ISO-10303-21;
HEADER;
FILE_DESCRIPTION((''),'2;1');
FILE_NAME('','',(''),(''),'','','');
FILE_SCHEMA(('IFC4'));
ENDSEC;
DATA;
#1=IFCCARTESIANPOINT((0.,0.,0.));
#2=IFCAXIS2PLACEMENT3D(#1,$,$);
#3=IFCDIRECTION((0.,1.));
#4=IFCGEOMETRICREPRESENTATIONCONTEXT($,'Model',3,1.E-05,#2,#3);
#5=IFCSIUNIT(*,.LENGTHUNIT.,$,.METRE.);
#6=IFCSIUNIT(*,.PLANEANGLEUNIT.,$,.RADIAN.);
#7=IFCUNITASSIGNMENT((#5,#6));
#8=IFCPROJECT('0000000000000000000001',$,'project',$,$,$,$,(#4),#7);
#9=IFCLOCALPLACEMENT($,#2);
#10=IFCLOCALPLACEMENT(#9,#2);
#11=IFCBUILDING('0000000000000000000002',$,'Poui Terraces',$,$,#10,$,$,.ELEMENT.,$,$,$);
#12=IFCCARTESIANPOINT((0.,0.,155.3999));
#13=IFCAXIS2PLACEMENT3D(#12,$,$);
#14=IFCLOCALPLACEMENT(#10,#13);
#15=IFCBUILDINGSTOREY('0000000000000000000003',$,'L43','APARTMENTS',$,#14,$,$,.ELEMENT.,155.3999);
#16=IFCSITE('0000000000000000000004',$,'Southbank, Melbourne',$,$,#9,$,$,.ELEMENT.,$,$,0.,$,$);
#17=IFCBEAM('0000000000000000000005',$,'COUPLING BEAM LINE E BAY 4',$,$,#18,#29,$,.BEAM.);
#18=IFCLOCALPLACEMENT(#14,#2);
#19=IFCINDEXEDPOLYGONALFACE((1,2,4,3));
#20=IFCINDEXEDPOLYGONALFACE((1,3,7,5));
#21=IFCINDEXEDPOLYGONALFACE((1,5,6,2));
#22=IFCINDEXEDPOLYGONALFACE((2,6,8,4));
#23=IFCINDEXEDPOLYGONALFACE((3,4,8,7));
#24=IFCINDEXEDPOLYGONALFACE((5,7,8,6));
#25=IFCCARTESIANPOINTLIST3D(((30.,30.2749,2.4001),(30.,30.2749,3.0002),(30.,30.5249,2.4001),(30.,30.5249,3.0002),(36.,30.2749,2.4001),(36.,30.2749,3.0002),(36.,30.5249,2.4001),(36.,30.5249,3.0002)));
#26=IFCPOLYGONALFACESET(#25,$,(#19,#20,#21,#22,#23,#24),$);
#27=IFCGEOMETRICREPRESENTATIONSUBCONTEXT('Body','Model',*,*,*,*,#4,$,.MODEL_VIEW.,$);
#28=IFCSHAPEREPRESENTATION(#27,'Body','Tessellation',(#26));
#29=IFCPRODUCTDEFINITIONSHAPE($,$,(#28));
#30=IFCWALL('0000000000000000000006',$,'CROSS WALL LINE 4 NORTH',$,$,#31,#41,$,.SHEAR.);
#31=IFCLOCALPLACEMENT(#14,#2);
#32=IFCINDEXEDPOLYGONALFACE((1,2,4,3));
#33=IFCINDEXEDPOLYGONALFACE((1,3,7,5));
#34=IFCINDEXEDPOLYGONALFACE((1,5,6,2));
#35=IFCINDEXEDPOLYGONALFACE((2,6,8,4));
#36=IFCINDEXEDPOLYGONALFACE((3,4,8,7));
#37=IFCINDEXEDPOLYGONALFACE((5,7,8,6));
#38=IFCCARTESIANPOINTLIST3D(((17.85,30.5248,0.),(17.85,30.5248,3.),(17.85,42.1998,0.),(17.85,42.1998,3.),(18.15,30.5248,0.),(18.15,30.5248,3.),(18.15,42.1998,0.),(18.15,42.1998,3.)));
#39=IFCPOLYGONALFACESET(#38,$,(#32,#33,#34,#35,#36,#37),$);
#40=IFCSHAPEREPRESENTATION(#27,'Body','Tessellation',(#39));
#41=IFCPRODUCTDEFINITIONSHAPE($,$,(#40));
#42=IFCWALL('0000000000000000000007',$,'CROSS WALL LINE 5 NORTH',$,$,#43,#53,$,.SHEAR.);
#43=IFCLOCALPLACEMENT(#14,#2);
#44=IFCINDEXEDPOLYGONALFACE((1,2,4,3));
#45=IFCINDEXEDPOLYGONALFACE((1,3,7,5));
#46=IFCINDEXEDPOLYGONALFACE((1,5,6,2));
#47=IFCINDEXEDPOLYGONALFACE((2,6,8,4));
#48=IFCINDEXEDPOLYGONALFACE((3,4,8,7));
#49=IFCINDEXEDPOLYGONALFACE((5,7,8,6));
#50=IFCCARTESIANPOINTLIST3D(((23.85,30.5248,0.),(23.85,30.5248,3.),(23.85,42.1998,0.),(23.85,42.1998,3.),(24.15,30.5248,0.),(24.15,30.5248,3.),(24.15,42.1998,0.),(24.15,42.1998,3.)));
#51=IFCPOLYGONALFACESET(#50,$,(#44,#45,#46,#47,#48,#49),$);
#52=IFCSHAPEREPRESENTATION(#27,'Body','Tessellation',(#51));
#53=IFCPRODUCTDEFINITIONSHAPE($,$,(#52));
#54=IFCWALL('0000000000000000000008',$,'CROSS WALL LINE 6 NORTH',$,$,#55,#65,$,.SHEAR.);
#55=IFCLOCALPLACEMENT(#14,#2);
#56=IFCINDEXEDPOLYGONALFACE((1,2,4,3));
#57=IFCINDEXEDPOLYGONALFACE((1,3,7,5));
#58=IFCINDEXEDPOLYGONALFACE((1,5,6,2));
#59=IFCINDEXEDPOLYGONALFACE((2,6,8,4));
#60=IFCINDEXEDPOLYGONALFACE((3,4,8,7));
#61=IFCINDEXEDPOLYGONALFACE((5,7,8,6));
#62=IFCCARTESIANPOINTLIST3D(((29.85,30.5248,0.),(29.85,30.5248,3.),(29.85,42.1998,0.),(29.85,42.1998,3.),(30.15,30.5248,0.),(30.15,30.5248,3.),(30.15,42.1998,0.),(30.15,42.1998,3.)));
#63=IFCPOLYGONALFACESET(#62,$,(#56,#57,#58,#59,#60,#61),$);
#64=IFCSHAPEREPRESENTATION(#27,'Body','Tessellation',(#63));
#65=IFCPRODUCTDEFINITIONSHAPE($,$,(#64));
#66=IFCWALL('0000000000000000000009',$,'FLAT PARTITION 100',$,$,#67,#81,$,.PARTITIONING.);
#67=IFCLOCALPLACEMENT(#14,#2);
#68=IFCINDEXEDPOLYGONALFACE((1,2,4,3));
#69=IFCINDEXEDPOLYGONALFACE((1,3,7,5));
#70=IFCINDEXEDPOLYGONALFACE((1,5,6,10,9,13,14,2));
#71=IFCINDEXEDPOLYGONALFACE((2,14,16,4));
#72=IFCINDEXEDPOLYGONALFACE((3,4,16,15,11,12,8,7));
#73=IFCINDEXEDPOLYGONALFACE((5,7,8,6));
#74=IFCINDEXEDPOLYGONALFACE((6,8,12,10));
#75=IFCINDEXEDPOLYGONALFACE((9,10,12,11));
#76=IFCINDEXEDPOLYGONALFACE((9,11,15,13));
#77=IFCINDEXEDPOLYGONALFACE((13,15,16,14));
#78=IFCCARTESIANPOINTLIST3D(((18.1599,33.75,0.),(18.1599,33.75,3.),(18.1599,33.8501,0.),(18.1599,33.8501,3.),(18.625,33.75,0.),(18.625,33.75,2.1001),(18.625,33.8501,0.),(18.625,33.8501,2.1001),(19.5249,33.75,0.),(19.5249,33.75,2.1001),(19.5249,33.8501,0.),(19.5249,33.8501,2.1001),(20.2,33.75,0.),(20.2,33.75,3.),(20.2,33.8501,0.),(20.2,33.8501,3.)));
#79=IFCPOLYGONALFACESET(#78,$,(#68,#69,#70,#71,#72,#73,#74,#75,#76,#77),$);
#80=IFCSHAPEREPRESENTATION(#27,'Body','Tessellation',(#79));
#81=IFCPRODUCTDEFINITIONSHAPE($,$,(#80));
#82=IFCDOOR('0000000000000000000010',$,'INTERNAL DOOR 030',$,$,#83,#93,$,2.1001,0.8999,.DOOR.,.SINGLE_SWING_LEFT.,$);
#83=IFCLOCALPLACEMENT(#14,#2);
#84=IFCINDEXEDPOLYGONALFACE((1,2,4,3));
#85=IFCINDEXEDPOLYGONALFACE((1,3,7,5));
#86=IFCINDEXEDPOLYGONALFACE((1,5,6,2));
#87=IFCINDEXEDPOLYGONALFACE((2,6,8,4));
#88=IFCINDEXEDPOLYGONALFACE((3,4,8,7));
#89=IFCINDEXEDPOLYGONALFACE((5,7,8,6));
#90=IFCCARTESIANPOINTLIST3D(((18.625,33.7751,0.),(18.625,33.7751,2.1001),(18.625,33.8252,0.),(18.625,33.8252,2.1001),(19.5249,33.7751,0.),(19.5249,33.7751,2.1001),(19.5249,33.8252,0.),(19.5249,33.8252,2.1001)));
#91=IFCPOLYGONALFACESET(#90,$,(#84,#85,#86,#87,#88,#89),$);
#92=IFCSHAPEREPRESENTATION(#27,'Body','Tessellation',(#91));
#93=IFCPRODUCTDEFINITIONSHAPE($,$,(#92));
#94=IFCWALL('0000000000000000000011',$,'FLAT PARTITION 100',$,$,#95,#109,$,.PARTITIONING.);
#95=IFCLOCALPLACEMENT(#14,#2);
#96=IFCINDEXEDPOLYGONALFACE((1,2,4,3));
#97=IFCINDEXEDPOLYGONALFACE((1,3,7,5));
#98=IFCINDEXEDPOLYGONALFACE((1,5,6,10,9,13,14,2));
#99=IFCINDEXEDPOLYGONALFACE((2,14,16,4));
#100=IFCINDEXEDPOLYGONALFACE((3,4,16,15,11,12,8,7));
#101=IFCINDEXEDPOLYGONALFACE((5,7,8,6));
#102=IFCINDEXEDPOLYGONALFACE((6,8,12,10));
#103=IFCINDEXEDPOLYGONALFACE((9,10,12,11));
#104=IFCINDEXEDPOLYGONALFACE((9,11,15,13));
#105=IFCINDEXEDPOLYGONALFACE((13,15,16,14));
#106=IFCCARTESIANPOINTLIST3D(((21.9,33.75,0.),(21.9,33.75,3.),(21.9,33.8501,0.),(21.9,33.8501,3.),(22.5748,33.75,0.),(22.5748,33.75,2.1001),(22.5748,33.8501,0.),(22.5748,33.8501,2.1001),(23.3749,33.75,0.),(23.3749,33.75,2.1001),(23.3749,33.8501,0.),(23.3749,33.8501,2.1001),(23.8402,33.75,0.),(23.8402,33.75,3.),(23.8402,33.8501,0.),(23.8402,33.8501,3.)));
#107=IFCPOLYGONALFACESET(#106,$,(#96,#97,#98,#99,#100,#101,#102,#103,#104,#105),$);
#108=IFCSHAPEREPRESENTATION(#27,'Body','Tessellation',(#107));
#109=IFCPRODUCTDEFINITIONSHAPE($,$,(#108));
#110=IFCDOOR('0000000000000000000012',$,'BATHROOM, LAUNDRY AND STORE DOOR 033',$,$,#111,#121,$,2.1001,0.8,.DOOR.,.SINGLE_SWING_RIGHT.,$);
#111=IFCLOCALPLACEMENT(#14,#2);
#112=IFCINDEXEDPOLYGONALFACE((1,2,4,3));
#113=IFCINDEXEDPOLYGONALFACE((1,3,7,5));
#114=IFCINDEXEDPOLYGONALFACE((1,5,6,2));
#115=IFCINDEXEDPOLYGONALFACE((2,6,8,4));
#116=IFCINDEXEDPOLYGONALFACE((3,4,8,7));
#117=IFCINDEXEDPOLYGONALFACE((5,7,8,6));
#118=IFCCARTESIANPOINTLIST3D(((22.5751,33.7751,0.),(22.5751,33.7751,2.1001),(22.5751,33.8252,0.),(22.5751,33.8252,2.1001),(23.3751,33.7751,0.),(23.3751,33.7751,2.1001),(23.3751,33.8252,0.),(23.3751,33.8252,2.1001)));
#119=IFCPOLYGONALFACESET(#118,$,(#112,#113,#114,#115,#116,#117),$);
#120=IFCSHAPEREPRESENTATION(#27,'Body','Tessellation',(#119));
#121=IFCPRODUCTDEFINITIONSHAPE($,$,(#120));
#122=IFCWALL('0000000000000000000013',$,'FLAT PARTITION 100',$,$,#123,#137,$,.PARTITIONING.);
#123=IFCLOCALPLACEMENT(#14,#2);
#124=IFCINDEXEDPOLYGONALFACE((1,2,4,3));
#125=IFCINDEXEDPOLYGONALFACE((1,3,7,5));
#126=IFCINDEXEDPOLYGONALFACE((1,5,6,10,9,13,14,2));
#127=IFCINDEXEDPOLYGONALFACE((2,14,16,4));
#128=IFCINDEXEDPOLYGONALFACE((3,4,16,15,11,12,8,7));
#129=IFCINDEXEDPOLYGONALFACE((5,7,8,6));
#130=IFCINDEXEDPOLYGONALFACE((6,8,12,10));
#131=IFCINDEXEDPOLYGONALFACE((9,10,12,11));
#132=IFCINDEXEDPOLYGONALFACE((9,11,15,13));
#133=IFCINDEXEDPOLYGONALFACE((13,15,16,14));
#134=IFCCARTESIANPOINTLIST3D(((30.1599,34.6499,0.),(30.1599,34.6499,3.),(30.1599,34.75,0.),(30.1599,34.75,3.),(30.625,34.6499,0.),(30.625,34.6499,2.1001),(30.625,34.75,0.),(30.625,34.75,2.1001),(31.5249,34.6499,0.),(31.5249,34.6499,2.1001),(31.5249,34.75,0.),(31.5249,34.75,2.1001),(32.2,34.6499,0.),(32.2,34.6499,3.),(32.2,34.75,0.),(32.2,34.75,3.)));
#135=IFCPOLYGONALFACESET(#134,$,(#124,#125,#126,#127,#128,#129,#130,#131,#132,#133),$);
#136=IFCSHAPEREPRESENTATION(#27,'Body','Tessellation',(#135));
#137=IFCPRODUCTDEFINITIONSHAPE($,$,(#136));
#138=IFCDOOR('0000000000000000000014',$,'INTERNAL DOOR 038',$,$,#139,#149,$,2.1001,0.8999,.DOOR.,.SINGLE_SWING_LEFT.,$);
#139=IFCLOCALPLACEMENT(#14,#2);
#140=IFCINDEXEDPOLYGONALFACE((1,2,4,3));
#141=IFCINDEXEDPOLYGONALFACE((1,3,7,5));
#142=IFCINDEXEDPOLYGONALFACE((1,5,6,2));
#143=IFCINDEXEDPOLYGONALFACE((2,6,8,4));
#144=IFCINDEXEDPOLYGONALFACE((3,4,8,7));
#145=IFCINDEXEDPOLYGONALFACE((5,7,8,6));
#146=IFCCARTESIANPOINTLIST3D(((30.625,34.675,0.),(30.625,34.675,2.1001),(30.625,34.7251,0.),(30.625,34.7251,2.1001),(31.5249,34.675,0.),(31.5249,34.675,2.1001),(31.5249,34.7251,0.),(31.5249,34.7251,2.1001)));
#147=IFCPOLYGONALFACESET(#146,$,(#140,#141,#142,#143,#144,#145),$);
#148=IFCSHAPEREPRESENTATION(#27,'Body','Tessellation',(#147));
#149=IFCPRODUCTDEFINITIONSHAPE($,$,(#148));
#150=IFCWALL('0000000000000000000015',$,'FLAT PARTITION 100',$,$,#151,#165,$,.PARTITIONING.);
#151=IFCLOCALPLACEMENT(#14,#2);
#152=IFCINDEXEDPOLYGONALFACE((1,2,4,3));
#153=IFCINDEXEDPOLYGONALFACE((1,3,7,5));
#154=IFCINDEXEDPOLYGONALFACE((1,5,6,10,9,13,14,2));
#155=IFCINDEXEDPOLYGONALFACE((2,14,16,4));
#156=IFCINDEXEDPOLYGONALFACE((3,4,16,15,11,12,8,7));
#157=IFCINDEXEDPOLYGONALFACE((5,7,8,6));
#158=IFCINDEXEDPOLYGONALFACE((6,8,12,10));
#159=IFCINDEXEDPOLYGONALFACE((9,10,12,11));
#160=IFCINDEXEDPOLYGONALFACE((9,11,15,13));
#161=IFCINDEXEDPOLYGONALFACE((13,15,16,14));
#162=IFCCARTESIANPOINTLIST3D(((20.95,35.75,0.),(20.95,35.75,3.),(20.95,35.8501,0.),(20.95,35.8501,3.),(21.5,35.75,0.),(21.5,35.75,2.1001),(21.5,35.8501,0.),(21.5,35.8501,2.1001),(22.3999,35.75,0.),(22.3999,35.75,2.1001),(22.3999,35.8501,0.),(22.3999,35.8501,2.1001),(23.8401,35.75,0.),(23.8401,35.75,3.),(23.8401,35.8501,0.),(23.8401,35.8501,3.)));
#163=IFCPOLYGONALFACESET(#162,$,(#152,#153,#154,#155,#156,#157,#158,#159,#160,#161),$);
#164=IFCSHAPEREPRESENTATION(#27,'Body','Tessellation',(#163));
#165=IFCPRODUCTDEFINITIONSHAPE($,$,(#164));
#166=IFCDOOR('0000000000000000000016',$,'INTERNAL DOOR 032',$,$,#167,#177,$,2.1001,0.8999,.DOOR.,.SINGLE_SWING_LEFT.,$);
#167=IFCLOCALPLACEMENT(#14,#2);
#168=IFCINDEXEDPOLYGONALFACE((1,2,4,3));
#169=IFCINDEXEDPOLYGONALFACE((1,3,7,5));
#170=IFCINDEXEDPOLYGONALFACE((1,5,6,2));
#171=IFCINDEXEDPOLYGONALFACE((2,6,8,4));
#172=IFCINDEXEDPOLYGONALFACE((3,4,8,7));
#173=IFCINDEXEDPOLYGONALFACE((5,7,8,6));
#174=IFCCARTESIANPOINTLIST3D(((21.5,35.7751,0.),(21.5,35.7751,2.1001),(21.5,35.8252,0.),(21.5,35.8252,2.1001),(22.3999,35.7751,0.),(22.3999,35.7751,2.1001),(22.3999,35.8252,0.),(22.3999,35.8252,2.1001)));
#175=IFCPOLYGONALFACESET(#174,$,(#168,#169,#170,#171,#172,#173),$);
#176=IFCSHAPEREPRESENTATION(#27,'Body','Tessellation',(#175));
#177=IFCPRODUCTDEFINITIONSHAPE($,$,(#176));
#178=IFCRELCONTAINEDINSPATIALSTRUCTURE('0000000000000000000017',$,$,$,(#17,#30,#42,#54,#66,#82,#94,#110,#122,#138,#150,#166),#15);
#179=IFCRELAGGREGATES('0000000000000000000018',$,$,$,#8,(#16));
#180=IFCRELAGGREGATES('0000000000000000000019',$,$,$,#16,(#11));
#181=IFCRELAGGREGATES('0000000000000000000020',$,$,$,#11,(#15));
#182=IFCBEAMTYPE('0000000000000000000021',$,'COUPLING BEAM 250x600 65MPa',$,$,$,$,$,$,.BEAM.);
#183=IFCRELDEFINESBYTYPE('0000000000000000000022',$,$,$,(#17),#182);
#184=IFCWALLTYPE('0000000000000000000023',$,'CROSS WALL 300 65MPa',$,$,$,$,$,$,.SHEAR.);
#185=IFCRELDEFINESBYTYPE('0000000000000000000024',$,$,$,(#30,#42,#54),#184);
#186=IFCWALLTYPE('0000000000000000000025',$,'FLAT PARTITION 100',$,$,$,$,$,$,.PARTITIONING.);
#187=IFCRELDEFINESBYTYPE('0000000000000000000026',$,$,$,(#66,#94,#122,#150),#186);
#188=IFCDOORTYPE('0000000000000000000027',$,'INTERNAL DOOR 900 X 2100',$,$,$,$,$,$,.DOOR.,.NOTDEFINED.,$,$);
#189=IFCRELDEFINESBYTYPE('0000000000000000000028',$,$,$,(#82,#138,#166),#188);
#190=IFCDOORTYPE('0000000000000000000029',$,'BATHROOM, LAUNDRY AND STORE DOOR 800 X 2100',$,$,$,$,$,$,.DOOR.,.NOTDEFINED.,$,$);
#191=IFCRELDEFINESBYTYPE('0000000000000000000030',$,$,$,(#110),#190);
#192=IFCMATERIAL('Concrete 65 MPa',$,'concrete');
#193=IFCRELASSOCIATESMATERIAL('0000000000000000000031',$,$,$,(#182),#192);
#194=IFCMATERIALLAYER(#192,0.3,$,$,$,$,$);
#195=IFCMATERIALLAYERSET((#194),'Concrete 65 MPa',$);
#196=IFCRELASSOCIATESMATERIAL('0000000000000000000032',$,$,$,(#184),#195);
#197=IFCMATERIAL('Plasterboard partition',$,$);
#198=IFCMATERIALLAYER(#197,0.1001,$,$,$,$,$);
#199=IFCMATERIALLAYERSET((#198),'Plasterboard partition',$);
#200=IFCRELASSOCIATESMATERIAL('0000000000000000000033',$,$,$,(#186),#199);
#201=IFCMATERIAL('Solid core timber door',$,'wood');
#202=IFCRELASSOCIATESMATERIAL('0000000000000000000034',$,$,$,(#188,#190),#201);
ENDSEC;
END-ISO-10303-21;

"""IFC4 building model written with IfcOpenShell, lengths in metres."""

from ifc_helpers import new_model, si_unit, direction, frame, frame_2d, origin, origin_2d, place, context, subcontext, project, spatial, rectangle, extrude, source, transform, mapped, material, layer, layer_set, material_profile, profile_set, type_object, element, fill, save


model = new_model("IFC4")

# Units and contexts
model_context = context("Model", 3, precision=1e-05, world=origin(), true_north=direction((0.0, 1.0)))
body_context = subcontext(model_context, "Body", "Model", "MODEL_VIEW")
ifc_project = project(units=[si_unit("LENGTHUNIT", "METRE"), si_unit("PLANEANGLEUNIT", "RADIAN")], contexts=[model_context])

# Site, building, storey
site_placement = place(None, origin())
site = spatial("IfcSite", under=ifc_project, at=site_placement, Name="Southbank, Melbourne", CompositionType="ELEMENT", RefElevation=0.0)
building_placement = place(site_placement, origin())
building = spatial("IfcBuilding", under=site, at=building_placement, Name="Poui Terraces", CompositionType="ELEMENT")
storey_placement = place(building_placement, frame((0.0, 0.0, 155.3999)))
storey = spatial("IfcBuildingStorey", under=building, at=storey_placement, Name="L43", Description="APARTMENTS", CompositionType="ELEMENT", Elevation=155.3999)

# Beam
ifc_material_1 = material(Name="Concrete 65 MPa", Category="concrete")
ifc_material_profile_1 = material_profile(ifc_material_1, rectangle(XDim=0.25, YDim=0.6001, at=origin_2d()), Name="RC 250x600")
ifc_profile_set_1 = profile_set([ifc_material_profile_1], Name="Concrete 65 MPa")
beam_type = type_object("IfcBeamType", Name="COUPLING BEAM 250x600 65MPa", PredefinedType="BEAM", material=ifc_profile_set_1)
shared_shape_1 = source(origin(), body_context, "Body", "SweptSolid", [
    extrude(rectangle(XDim=0.25, YDim=0.6001, at=origin_2d()), origin(), (0.0, 0.0, 1.0), 6.0),
])
beam_placement = place(storey_placement, frame((30.0, 30.3999, 2.7002), z_axis=(1.0, 0.0, 0.0), x_axis=(0.0, 1.0, 0.0)))
element("IfcBeam", 1, at=beam_placement, inside=storey, type_object=beam_type, Name="COUPLING BEAM LINE E BAY 4", PredefinedType="BEAM", context=body_context, shape_type="MappedRepresentation", body=[
    mapped(shared_shape_1, transform((0.0, 0.0, 0.0))),
])

# Walls
ifc_layer_1 = layer(ifc_material_1, 0.3)
ifc_layer_set_1 = layer_set([ifc_layer_1], Name="Concrete 65 MPa")
wall_type_1 = type_object("IfcWallType", Name="CROSS WALL 300 65MPa", PredefinedType="SHEAR", material=ifc_layer_set_1)
for number, where, z_axis, x_axis, name in (
    (2, (18.0, 30.5249, 0.0), (0.0, 0.0, 1.0), (0.0, 1.0, 0.0), "CROSS WALL LINE 4 NORTH"),
    (3, (24.0, 30.5249, 0.0), (0.0, 0.0, 1.0), (0.0, 1.0, 0.0), "CROSS WALL LINE 5 NORTH"),
    (4, (30.0, 30.5249, 0.0), (0.0, 0.0, 1.0), (0.0, 1.0, 0.0), "CROSS WALL LINE 6 NORTH"),
):
    element("IfcWall", number, at=place(storey_placement, frame(where, z_axis=z_axis, x_axis=x_axis)), inside=storey, type_object=wall_type_1, Name=name, PredefinedType="SHEAR", context=body_context, shape_type="SweptSolid", body=[
        extrude(rectangle(XDim=11.675, YDim=0.3, at=frame_2d((5.8374, 0.0))), origin(), (0.0, 0.0, 1.0), 3.0),
    ])

# Walls, openings, doors
ifc_material_2 = material(Name="Plasterboard partition")
ifc_layer_2 = layer(ifc_material_2, 0.1001)
ifc_layer_set_2 = layer_set([ifc_layer_2], Name="Plasterboard partition")
wall_type_2 = type_object("IfcWallType", Name="FLAT PARTITION 100", PredefinedType="PARTITIONING", material=ifc_layer_set_2)
wall_1_placement = place(storey_placement, frame((18.1599, 33.8, 0.0), z_axis=(0.0, 0.0, 1.0), x_axis=(1.0, 0.0, 0.0)))
wall_1 = element("IfcWall", 5, at=wall_1_placement, inside=storey, type_object=wall_type_2, Name="FLAT PARTITION 100", PredefinedType="PARTITIONING", context=body_context, shape_type="SweptSolid", body=[
    extrude(rectangle(XDim=2.04, YDim=0.1001, at=frame_2d((1.02, 0.0))), origin(), (0.0, 0.0, 1.0), 3.0),
])
opening_1_placement = place(wall_1_placement, frame((0.4651, 0.0, 0.0)))
opening_1 = element("IfcOpeningElement", 6, at=opening_1_placement, cuts=wall_1, PredefinedType="OPENING", context=body_context, shape_type="SweptSolid", body=[
    extrude(rectangle(XDim=0.8999, YDim=2.1001, at=frame_2d((0.45, 1.05))), frame((0.0, 0.0601, 0.0), z_axis=(0.0, -1.0, 0.0), x_axis=(1.0, 0.0, 0.0)), (0.0, 0.0, 1.0), 0.1201),
])
ifc_material_3 = material(Name="Solid core timber door", Category="wood")
door_type_1 = type_object("IfcDoorType", Name="INTERNAL DOOR 900 X 2100", OperationType="NOTDEFINED", PredefinedType="DOOR", material=ifc_material_3)
door_1_placement = place(opening_1_placement, frame((0.8999, 0.0, 0.0), z_axis=(0.0, 0.0, 1.0), x_axis=(-1.0, 0.0, 0.0)))
door_1 = element("IfcDoor", 7, at=door_1_placement, inside=storey, type_object=door_type_1, Name="INTERNAL DOOR 030", OperationType="SINGLE_SWING_LEFT", OverallHeight=2.1001, OverallWidth=0.8999, PredefinedType="DOOR", context=body_context, shape_type="SweptSolid", body=[
    extrude(rectangle(XDim=0.8999, YDim=2.1001, at=frame_2d((0.45, 1.05))), frame((0.0, 0.0249, 0.0), z_axis=(0.0, -1.0, 0.0), x_axis=(1.0, 0.0, 0.0)), (0.0, 0.0, 1.0), 0.05),
])
fill(opening_1, door_1)
wall_2_placement = place(storey_placement, frame((21.8999, 33.8, 0.0), z_axis=(0.0, 0.0, 1.0), x_axis=(1.0, 0.0, 0.0)))
wall_2 = element("IfcWall", 8, at=wall_2_placement, inside=storey, type_object=wall_type_2, Name="FLAT PARTITION 100", PredefinedType="PARTITIONING", context=body_context, shape_type="SweptSolid", body=[
    extrude(rectangle(XDim=1.9402, YDim=0.1001, at=frame_2d((0.9702, 0.0))), origin(), (0.0, 0.0, 1.0), 3.0),
])
opening_2_placement = place(wall_2_placement, frame((0.675, 0.0, 0.0)))
opening_2 = element("IfcOpeningElement", 9, at=opening_2_placement, cuts=wall_2, PredefinedType="OPENING", context=body_context, shape_type="SweptSolid", body=[
    extrude(rectangle(XDim=0.8, YDim=2.1001, at=frame_2d((0.3999, 1.05))), frame((0.0, 0.0601, 0.0), z_axis=(0.0, -1.0, 0.0), x_axis=(1.0, 0.0, 0.0)), (0.0, 0.0, 1.0), 0.1201),
])
door_type_2 = type_object("IfcDoorType", Name="BATHROOM, LAUNDRY AND STORE DOOR 800 X 2100", OperationType="NOTDEFINED", PredefinedType="DOOR", material=ifc_material_3)
door_2_placement = place(opening_2_placement, frame((0.8, 0.0, 0.0), z_axis=(0.0, 0.0, 1.0), x_axis=(-1.0, 0.0, 0.0)))
door_2 = element("IfcDoor", 10, at=door_2_placement, inside=storey, type_object=door_type_2, Name="BATHROOM, LAUNDRY AND STORE DOOR 033", OperationType="SINGLE_SWING_RIGHT", OverallHeight=2.1001, OverallWidth=0.8, PredefinedType="DOOR", context=body_context, shape_type="SweptSolid", body=[
    extrude(rectangle(XDim=0.8, YDim=2.1001, at=frame_2d((0.3999, 1.05))), frame((0.0, 0.0249, 0.0), z_axis=(0.0, -1.0, 0.0), x_axis=(1.0, 0.0, 0.0)), (0.0, 0.0, 1.0), 0.05),
])
fill(opening_2, door_2)
wall_3_placement = place(storey_placement, frame((30.1599, 34.7, 0.0), z_axis=(0.0, 0.0, 1.0), x_axis=(1.0, 0.0, 0.0)))
wall_3 = element("IfcWall", 11, at=wall_3_placement, inside=storey, type_object=wall_type_2, Name="FLAT PARTITION 100", PredefinedType="PARTITIONING", context=body_context, shape_type="SweptSolid", body=[
    extrude(rectangle(XDim=2.04, YDim=0.1001, at=frame_2d((1.02, 0.0))), origin(), (0.0, 0.0, 1.0), 3.0),
])
opening_3_placement = place(wall_3_placement, frame((0.4651, 0.0, 0.0)))
opening_3 = element("IfcOpeningElement", 12, at=opening_3_placement, cuts=wall_3, PredefinedType="OPENING", context=body_context, shape_type="SweptSolid", body=[
    extrude(rectangle(XDim=0.8999, YDim=2.1001, at=frame_2d((0.45, 1.05))), frame((0.0, 0.0601, 0.0), z_axis=(0.0, -1.0, 0.0), x_axis=(1.0, 0.0, 0.0)), (0.0, 0.0, 1.0), 0.1201),
])
door_3_placement = place(opening_3_placement, frame((0.8999, 0.0, 0.0), z_axis=(0.0, 0.0, 1.0), x_axis=(-1.0, 0.0, 0.0)))
door_3 = element("IfcDoor", 13, at=door_3_placement, inside=storey, type_object=door_type_1, Name="INTERNAL DOOR 038", OperationType="SINGLE_SWING_LEFT", OverallHeight=2.1001, OverallWidth=0.8999, PredefinedType="DOOR", context=body_context, shape_type="SweptSolid", body=[
    extrude(rectangle(XDim=0.8999, YDim=2.1001, at=frame_2d((0.45, 1.05))), frame((0.0, 0.0249, 0.0), z_axis=(0.0, -1.0, 0.0), x_axis=(1.0, 0.0, 0.0)), (0.0, 0.0, 1.0), 0.05),
])
fill(opening_3, door_3)
wall_4_placement = place(storey_placement, frame((20.95, 35.8, 0.0), z_axis=(0.0, 0.0, 1.0), x_axis=(1.0, 0.0, 0.0)))
wall_4 = element("IfcWall", 14, at=wall_4_placement, inside=storey, type_object=wall_type_2, Name="FLAT PARTITION 100", PredefinedType="PARTITIONING", context=body_context, shape_type="SweptSolid", body=[
    extrude(rectangle(XDim=2.8901, YDim=0.1001, at=frame_2d((1.4451, 0.0))), origin(), (0.0, 0.0, 1.0), 3.0),
])
opening_4_placement = place(wall_4_placement, frame((0.55, 0.0, 0.0)))
opening_4 = element("IfcOpeningElement", 15, at=opening_4_placement, cuts=wall_4, PredefinedType="OPENING", context=body_context, shape_type="SweptSolid", body=[
    extrude(rectangle(XDim=0.8999, YDim=2.1001, at=frame_2d((0.45, 1.05))), frame((0.0, 0.0601, 0.0), z_axis=(0.0, -1.0, 0.0), x_axis=(1.0, 0.0, 0.0)), (0.0, 0.0, 1.0), 0.1201),
])
door_4_placement = place(opening_4_placement, frame((0.8999, 0.0, 0.0), z_axis=(0.0, 0.0, 1.0), x_axis=(-1.0, 0.0, 0.0)))
door_4 = element("IfcDoor", 16, at=door_4_placement, inside=storey, type_object=door_type_1, Name="INTERNAL DOOR 032", OperationType="SINGLE_SWING_LEFT", OverallHeight=2.1001, OverallWidth=0.8999, PredefinedType="DOOR", context=body_context, shape_type="SweptSolid", body=[
    extrude(rectangle(XDim=0.8999, YDim=2.1001, at=frame_2d((0.45, 1.05))), frame((0.0, 0.0249, 0.0), z_axis=(0.0, -1.0, 0.0), x_axis=(1.0, 0.0, 0.0)), (0.0, 0.0, 1.0), 0.05),
])
fill(opening_4, door_4)

save(model, "model.ifc")
